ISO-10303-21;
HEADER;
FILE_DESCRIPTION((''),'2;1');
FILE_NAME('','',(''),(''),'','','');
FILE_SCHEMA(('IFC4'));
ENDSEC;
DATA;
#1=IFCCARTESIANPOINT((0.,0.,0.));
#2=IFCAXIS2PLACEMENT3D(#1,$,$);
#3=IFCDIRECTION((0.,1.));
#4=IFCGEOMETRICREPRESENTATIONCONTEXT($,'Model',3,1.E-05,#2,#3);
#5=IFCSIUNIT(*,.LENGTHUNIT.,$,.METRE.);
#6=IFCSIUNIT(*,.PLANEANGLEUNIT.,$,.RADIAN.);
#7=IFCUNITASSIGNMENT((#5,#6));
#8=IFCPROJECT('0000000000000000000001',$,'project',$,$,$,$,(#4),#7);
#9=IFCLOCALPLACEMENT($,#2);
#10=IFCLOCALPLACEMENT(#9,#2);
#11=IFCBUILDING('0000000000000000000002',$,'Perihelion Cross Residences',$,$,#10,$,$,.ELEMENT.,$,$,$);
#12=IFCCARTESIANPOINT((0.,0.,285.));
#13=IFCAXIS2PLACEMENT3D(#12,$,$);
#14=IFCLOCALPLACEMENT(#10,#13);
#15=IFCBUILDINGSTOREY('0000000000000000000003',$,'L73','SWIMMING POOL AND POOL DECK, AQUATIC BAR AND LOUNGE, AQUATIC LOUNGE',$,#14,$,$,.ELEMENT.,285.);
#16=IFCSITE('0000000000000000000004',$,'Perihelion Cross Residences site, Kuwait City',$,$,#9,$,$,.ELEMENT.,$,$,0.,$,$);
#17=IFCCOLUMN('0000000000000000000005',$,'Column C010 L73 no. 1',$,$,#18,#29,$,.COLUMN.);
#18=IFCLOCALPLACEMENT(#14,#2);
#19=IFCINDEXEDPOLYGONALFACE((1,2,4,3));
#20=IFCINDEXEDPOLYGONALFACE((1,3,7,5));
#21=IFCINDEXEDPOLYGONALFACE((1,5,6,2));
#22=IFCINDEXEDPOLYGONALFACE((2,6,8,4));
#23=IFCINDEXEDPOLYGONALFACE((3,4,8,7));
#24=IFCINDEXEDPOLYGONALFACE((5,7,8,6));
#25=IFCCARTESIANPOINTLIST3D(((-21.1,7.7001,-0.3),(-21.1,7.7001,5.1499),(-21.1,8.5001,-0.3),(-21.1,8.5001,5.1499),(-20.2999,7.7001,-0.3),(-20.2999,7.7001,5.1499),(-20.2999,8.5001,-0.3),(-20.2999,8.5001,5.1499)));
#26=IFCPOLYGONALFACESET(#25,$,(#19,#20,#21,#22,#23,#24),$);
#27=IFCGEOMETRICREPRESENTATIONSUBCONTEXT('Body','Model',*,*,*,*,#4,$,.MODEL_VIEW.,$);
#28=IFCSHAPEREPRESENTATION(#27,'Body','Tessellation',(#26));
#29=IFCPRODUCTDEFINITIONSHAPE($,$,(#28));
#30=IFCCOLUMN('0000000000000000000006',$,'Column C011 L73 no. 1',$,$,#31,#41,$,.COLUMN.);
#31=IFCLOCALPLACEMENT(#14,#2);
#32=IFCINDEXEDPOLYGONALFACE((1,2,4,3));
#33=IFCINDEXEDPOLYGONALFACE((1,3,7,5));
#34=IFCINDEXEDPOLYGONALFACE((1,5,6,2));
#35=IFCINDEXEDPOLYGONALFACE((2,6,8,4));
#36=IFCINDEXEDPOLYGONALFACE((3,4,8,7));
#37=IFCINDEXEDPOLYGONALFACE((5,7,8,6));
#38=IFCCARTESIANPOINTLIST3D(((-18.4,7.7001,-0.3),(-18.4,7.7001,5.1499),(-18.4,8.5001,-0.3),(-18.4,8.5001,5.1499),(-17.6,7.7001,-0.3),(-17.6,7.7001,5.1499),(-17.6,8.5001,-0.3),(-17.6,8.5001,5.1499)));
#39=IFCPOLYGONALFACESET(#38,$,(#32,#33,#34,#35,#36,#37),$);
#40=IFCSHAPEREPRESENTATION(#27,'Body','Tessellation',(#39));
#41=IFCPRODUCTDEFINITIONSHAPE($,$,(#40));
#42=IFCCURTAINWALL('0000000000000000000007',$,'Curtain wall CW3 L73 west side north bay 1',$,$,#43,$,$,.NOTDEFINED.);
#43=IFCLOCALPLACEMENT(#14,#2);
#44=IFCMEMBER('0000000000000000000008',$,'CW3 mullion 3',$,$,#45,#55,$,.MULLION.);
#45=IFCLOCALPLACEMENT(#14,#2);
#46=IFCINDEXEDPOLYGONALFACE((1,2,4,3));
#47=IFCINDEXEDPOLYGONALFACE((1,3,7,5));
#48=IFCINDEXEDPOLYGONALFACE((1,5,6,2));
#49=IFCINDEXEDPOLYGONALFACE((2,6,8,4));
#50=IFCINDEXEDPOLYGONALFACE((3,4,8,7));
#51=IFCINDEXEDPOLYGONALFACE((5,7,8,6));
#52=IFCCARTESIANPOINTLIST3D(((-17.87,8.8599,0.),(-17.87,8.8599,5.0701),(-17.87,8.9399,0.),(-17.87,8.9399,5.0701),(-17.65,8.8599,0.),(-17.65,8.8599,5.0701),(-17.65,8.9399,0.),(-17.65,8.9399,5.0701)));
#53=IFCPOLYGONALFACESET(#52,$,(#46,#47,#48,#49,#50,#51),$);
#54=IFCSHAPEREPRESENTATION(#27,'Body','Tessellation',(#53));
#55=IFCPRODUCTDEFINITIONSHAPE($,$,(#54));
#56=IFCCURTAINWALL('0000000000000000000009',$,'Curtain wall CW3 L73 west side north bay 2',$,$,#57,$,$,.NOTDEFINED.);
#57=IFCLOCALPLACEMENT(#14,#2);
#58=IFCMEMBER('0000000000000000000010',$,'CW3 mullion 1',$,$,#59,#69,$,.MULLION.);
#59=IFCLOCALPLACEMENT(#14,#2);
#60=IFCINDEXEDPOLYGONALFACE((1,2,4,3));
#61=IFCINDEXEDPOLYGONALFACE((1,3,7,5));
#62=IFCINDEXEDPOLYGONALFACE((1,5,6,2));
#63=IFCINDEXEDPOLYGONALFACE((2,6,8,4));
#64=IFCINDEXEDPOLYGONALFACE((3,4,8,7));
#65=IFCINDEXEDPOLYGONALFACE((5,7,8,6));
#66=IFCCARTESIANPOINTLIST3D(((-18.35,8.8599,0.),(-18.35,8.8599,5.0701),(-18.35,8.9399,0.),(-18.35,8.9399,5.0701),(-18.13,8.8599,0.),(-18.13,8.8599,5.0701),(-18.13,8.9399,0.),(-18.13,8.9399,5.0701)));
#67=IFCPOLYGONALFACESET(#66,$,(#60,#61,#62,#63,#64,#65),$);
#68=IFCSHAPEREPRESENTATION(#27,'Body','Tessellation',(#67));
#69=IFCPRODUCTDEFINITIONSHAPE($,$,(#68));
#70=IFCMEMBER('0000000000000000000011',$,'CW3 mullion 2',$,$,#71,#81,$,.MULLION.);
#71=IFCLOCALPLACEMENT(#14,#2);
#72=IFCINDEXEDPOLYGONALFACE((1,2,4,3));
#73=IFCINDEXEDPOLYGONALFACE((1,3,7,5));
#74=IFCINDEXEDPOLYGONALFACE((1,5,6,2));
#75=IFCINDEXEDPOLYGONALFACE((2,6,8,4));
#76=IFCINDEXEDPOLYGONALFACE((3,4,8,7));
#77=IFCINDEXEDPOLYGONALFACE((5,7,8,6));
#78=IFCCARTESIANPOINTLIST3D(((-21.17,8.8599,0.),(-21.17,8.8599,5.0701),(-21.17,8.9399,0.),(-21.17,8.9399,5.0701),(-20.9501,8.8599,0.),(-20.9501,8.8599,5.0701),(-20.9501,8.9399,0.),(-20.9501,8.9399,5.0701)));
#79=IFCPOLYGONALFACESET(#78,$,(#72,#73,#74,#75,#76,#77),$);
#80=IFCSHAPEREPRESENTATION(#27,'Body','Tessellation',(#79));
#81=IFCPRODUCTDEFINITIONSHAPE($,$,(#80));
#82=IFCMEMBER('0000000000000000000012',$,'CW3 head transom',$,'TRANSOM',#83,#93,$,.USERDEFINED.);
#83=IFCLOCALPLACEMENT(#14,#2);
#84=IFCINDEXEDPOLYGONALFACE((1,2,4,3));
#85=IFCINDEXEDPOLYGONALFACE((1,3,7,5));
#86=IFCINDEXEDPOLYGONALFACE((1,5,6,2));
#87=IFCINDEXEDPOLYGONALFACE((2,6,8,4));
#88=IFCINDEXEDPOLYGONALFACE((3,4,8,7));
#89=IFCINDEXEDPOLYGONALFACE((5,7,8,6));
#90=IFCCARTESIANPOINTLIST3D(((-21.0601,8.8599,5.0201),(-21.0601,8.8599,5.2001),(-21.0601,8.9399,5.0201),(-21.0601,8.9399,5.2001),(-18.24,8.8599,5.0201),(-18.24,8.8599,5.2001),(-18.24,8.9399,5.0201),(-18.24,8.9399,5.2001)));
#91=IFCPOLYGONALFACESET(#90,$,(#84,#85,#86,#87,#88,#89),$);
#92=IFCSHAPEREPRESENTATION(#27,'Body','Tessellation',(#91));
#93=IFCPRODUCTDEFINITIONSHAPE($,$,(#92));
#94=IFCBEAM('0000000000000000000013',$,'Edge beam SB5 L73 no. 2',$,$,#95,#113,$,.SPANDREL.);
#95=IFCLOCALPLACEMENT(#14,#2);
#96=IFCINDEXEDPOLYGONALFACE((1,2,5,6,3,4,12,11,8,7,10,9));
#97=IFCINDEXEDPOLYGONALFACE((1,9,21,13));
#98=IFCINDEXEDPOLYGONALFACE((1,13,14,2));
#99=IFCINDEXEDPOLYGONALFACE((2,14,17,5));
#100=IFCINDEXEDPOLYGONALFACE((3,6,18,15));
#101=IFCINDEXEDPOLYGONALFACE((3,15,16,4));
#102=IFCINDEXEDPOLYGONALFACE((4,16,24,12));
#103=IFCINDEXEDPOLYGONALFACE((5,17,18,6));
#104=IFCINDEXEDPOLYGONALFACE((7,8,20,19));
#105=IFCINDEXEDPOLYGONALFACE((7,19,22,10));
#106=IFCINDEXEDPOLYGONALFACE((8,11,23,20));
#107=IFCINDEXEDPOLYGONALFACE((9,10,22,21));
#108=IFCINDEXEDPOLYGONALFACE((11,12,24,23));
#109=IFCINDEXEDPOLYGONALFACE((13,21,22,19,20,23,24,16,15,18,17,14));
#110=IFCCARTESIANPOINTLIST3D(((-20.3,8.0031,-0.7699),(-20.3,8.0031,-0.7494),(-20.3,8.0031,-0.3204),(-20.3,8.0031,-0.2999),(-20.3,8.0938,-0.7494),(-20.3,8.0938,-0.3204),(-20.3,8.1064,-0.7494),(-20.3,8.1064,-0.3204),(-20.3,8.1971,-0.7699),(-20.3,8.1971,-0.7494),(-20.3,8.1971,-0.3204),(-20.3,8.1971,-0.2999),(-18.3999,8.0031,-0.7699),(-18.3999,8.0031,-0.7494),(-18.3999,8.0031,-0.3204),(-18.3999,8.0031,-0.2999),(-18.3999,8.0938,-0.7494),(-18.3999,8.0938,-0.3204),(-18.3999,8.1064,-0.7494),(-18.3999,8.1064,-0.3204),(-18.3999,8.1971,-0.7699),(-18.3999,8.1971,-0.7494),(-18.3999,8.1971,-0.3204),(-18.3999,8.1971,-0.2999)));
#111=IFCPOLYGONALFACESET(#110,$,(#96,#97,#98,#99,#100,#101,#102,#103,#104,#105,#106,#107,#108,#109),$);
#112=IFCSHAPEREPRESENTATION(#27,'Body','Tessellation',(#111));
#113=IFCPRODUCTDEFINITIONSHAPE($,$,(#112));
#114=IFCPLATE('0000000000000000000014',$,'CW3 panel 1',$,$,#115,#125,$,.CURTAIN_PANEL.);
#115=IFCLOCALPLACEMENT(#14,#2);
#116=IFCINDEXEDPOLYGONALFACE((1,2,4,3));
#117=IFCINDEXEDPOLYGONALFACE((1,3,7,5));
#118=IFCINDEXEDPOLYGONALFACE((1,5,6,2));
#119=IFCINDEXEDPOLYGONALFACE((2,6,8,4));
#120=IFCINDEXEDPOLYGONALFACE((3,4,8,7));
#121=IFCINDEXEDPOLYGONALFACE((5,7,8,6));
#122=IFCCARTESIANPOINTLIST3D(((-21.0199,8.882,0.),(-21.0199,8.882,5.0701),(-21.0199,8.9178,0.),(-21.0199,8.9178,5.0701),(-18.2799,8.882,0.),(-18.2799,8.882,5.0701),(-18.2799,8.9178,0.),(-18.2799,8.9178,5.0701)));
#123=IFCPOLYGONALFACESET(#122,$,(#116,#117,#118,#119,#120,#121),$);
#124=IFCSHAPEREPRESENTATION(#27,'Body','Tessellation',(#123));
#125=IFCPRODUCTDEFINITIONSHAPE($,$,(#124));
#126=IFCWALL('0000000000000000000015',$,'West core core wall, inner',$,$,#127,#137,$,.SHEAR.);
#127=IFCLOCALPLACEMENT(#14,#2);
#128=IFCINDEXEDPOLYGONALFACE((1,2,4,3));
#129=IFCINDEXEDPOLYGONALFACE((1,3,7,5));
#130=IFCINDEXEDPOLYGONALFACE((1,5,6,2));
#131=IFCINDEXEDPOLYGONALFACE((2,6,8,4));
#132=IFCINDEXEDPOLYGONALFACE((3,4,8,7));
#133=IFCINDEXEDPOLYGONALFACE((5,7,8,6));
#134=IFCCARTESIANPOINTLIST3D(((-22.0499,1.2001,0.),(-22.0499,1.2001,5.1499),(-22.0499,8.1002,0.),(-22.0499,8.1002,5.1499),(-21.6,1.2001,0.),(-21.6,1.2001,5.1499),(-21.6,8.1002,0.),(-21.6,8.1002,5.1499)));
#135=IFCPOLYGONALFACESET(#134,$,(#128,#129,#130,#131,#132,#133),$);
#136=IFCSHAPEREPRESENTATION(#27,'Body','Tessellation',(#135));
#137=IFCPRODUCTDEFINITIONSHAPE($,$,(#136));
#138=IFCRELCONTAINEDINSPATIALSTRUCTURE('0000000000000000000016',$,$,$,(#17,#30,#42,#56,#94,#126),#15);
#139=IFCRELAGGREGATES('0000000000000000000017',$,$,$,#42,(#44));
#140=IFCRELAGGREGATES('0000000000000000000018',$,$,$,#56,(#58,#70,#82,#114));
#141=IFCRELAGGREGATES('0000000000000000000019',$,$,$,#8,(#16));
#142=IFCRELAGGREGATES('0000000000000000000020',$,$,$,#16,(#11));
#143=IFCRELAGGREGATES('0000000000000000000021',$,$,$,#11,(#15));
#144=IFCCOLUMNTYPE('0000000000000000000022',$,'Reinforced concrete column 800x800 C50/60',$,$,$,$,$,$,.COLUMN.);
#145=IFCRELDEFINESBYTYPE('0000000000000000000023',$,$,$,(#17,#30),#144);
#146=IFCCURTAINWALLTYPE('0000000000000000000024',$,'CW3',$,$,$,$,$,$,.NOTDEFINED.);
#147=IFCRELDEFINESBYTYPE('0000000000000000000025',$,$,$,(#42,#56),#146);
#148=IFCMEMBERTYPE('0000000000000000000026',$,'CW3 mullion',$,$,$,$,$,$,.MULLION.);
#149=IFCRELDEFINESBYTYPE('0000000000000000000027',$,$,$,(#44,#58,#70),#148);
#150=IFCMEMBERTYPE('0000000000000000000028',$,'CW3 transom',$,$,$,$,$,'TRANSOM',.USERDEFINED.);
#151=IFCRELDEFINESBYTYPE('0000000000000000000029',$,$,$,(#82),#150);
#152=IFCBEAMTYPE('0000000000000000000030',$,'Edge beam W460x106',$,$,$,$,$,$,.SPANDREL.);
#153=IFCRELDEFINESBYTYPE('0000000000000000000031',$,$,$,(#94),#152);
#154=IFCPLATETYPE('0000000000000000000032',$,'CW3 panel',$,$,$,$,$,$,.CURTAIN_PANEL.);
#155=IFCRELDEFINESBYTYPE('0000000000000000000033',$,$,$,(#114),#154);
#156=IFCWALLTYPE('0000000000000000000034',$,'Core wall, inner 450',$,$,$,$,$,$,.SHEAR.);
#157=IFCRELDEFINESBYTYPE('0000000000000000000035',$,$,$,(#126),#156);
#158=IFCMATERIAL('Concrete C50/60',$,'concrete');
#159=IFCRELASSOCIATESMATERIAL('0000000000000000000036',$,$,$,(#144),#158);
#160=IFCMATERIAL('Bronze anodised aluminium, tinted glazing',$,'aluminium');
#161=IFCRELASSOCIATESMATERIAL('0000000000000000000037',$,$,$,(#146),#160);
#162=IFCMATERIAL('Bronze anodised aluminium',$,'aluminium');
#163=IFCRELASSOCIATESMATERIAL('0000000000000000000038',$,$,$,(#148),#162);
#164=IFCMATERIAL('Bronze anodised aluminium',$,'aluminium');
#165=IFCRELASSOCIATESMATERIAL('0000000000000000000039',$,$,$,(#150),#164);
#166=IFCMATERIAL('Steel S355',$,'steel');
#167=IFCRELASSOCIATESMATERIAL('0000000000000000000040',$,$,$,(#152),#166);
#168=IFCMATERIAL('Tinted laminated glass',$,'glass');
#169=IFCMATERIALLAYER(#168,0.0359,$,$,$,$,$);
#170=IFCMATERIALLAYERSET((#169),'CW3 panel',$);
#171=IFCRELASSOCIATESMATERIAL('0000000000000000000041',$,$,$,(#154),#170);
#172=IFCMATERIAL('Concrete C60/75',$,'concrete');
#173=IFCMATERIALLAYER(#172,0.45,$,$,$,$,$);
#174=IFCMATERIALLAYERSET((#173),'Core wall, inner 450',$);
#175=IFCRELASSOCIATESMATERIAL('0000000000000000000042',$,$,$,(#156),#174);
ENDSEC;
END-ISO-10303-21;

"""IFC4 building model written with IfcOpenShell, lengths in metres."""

from ifc_helpers import new_model, si_unit, direction, frame, frame_2d, origin, origin_2d, place, context, subcontext, project, spatial, rectangle, i_section, extrude, material, layer, layer_set, material_profile, profile_set, type_object, element, aggregate, save


model = new_model("IFC4")

# Units and contexts
model_context = context("Model", 3, precision=1e-05, world=origin(), true_north=direction((0.0, 1.0)))
body_context = subcontext(model_context, "Body", "Model", "MODEL_VIEW")
ifc_project = project(units=[si_unit("LENGTHUNIT", "METRE"), si_unit("PLANEANGLEUNIT", "RADIAN")], contexts=[model_context])

# Site, building, storey
site_placement = place(None, origin())
site = spatial("IfcSite", under=ifc_project, at=site_placement, Name="Perihelion Cross Residences site, Kuwait City", CompositionType="ELEMENT", RefElevation=0.0)
building_placement = place(site_placement, origin())
building = spatial("IfcBuilding", under=site, at=building_placement, Name="Perihelion Cross Residences", CompositionType="ELEMENT")
storey_placement = place(building_placement, frame((0.0, 0.0, 285.0)))
storey = spatial("IfcBuildingStorey", under=building, at=storey_placement, Name="L73", Description="SWIMMING POOL AND POOL DECK, AQUATIC BAR AND LOUNGE, AQUATIC LOUNGE", CompositionType="ELEMENT", Elevation=285.0)

# Columns
ifc_material_1 = material(Name="Concrete C50/60", Category="concrete")
ifc_material_profile_1 = material_profile(ifc_material_1, rectangle(XDim=0.8, YDim=0.8, at=origin_2d()), Name="RC 800x800")
ifc_profile_set_1 = profile_set([ifc_material_profile_1], Name="Concrete C50/60")
column_type = type_object("IfcColumnType", Name="Reinforced concrete column 800x800 C50/60", PredefinedType="COLUMN", material=ifc_profile_set_1)
for number, where, z_axis, x_axis, name in (
    (1, (-20.7, 8.1001, -0.3), (0.0, 0.0, 1.0), (1.0, 0.0, 0.0), "Column C010 L73 no. 1"),
    (2, (-18.0, 8.1001, -0.3), (0.0, 0.0, 1.0), (1.0, 0.0, 0.0), "Column C011 L73 no. 1"),
):
    element("IfcColumn", number, at=place(storey_placement, frame(where, z_axis=z_axis, x_axis=x_axis)), inside=storey, type_object=column_type, Name=name, PredefinedType="COLUMN", context=body_context, shape_type="SweptSolid", body=[
        extrude(rectangle(XDim=0.8, YDim=0.8, at=origin_2d()), origin(), (0.0, 0.0, 1.0), 5.45),
    ])

# Curtain wall, member
ifc_material_2 = material(Name="Bronze anodised aluminium, tinted glazing", Category="aluminium")
curtain_wall_type = type_object("IfcCurtainWallType", Name="CW3", PredefinedType="NOTDEFINED", material=ifc_material_2)
curtain_wall_1_placement = place(storey_placement, origin())
curtain_wall_1 = element("IfcCurtainWall", 3, at=curtain_wall_1_placement, inside=storey, type_object=curtain_wall_type, Name="Curtain wall CW3 L73 west side north bay 1", PredefinedType="NOTDEFINED")
ifc_material_3 = material(Name="Bronze anodised aluminium", Category="aluminium")
ifc_material_profile_2 = material_profile(ifc_material_3, rectangle(XDim=0.0801, YDim=0.22, at=origin_2d()), Name="CW3 mullion")
ifc_profile_set_2 = profile_set([ifc_material_profile_2], Name="Bronze anodised aluminium")
member_type_1 = type_object("IfcMemberType", Name="CW3 mullion", PredefinedType="MULLION", material=ifc_profile_set_2)
member_1_placement = place(storey_placement, frame((-17.76, 8.8999, 0.0), z_axis=(0.0, 0.0, 1.0), x_axis=(0.0, -1.0, 0.0)))
member_1 = element("IfcMember", 4, at=member_1_placement, type_object=member_type_1, Name="CW3 mullion 3", PredefinedType="MULLION", context=body_context, shape_type="SweptSolid", body=[
    extrude(rectangle(XDim=0.0801, YDim=0.22, at=origin_2d()), origin(), (0.0, 0.0, 1.0), 5.0701),
])
aggregate(curtain_wall_1, [member_1])

# Curtain wall, members
curtain_wall_2_placement = place(storey_placement, origin())
curtain_wall_2 = element("IfcCurtainWall", 5, at=curtain_wall_2_placement, inside=storey, type_object=curtain_wall_type, Name="Curtain wall CW3 L73 west side north bay 2", PredefinedType="NOTDEFINED")
member_2_placement = place(storey_placement, frame((-18.24, 8.8999, 0.0), z_axis=(0.0, 0.0, 1.0), x_axis=(0.0, -1.0, 0.0)))
member_2 = element("IfcMember", 6, at=member_2_placement, type_object=member_type_1, Name="CW3 mullion 1", PredefinedType="MULLION", context=body_context, shape_type="SweptSolid", body=[
    extrude(rectangle(XDim=0.0801, YDim=0.22, at=origin_2d()), origin(), (0.0, 0.0, 1.0), 5.0701),
])
member_3_placement = place(storey_placement, frame((-21.0601, 8.8999, 0.0), z_axis=(0.0, 0.0, 1.0), x_axis=(0.0, -1.0, 0.0)))
member_3 = element("IfcMember", 7, at=member_3_placement, type_object=member_type_1, Name="CW3 mullion 2", PredefinedType="MULLION", context=body_context, shape_type="SweptSolid", body=[
    extrude(rectangle(XDim=0.0801, YDim=0.22, at=origin_2d()), origin(), (0.0, 0.0, 1.0), 5.0701),
])
ifc_material_4 = material(Name="Bronze anodised aluminium", Category="aluminium")
ifc_material_profile_3 = material_profile(ifc_material_4, rectangle(XDim=0.0801, YDim=0.1799, at=origin_2d()), Name="CW3 transom")
ifc_profile_set_3 = profile_set([ifc_material_profile_3], Name="Bronze anodised aluminium")
member_type_2 = type_object("IfcMemberType", Name="CW3 transom", ElementType="TRANSOM", PredefinedType="USERDEFINED", material=ifc_profile_set_3)
member_4_placement = place(storey_placement, frame((-18.24, 8.8999, 5.1101), z_axis=(-1.0, 0.0, 0.0), x_axis=(0.0, -1.0, 0.0)))
member_4 = element("IfcMember", 8, at=member_4_placement, type_object=member_type_2, Name="CW3 head transom", ObjectType="TRANSOM", PredefinedType="USERDEFINED", context=body_context, shape_type="SweptSolid", body=[
    extrude(rectangle(XDim=0.0801, YDim=0.1799, at=origin_2d()), origin(), (0.0, 0.0, 1.0), 2.8201),
])

# Beam
ifc_material_5 = material(Name="Steel S355", Category="steel")
ifc_material_profile_4 = material_profile(ifc_material_5, i_section(OverallWidth=0.1941, OverallDepth=0.47, WebThickness=0.0127, FlangeThickness=0.0205, at=origin_2d()), Name="W460x106")
ifc_profile_set_4 = profile_set([ifc_material_profile_4], Name="Steel S355")
beam_type = type_object("IfcBeamType", Name="Edge beam W460x106", PredefinedType="SPANDREL", material=ifc_profile_set_4)
beam_placement = place(storey_placement, frame((-18.3999, 8.1001, -0.5349), z_axis=(-1.0, 0.0, 0.0), x_axis=(0.0, -1.0, 0.0)))
element("IfcBeam", 9, at=beam_placement, inside=storey, type_object=beam_type, Name="Edge beam SB5 L73 no. 2", PredefinedType="SPANDREL", context=body_context, shape_type="SweptSolid", body=[
    extrude(i_section(OverallWidth=0.1941, OverallDepth=0.47, WebThickness=0.0127, FlangeThickness=0.0205, at=origin_2d()), origin(), (0.0, 0.0, 1.0), 1.9001),
])

# Plate
ifc_material_6 = material(Name="Tinted laminated glass", Category="glass")
ifc_layer_1 = layer(ifc_material_6, 0.0359)
ifc_layer_set_1 = layer_set([ifc_layer_1], Name="CW3 panel")
plate_type = type_object("IfcPlateType", Name="CW3 panel", PredefinedType="CURTAIN_PANEL", material=ifc_layer_set_1)
plate_placement = place(storey_placement, frame((-19.6499, 8.8999, 0.0), z_axis=(0.0, 0.0, 1.0), x_axis=(-1.0, 0.0, 0.0)))
plate = element("IfcPlate", 10, at=plate_placement, type_object=plate_type, Name="CW3 panel 1", PredefinedType="CURTAIN_PANEL", context=body_context, shape_type="SweptSolid", body=[
    extrude(rectangle(XDim=2.74, YDim=0.0359, at=origin_2d()), origin(), (0.0, 0.0, 1.0), 5.0701),
])
aggregate(curtain_wall_2, [member_2, member_3, member_4, plate])

# Wall
ifc_material_7 = material(Name="Concrete C60/75", Category="concrete")
ifc_layer_2 = layer(ifc_material_7, 0.45)
ifc_layer_set_2 = layer_set([ifc_layer_2], Name="Core wall, inner 450")
wall_type_1 = type_object("IfcWallType", Name="Core wall, inner 450", PredefinedType="SHEAR", material=ifc_layer_set_2)
wall_1_placement = place(storey_placement, frame((-21.825, 1.2, 0.0), z_axis=(0.0, 0.0, 1.0), x_axis=(0.0, 1.0, 0.0)))
element("IfcWall", 11, at=wall_1_placement, inside=storey, type_object=wall_type_1, Name="West core core wall, inner", PredefinedType="SHEAR", context=body_context, shape_type="SweptSolid", body=[
    extrude(rectangle(XDim=6.9001, YDim=0.45, at=frame_2d((3.4502, 0.0))), origin(), (0.0, 0.0, 1.0), 5.1499),
])

save(model, "model.ifc")
